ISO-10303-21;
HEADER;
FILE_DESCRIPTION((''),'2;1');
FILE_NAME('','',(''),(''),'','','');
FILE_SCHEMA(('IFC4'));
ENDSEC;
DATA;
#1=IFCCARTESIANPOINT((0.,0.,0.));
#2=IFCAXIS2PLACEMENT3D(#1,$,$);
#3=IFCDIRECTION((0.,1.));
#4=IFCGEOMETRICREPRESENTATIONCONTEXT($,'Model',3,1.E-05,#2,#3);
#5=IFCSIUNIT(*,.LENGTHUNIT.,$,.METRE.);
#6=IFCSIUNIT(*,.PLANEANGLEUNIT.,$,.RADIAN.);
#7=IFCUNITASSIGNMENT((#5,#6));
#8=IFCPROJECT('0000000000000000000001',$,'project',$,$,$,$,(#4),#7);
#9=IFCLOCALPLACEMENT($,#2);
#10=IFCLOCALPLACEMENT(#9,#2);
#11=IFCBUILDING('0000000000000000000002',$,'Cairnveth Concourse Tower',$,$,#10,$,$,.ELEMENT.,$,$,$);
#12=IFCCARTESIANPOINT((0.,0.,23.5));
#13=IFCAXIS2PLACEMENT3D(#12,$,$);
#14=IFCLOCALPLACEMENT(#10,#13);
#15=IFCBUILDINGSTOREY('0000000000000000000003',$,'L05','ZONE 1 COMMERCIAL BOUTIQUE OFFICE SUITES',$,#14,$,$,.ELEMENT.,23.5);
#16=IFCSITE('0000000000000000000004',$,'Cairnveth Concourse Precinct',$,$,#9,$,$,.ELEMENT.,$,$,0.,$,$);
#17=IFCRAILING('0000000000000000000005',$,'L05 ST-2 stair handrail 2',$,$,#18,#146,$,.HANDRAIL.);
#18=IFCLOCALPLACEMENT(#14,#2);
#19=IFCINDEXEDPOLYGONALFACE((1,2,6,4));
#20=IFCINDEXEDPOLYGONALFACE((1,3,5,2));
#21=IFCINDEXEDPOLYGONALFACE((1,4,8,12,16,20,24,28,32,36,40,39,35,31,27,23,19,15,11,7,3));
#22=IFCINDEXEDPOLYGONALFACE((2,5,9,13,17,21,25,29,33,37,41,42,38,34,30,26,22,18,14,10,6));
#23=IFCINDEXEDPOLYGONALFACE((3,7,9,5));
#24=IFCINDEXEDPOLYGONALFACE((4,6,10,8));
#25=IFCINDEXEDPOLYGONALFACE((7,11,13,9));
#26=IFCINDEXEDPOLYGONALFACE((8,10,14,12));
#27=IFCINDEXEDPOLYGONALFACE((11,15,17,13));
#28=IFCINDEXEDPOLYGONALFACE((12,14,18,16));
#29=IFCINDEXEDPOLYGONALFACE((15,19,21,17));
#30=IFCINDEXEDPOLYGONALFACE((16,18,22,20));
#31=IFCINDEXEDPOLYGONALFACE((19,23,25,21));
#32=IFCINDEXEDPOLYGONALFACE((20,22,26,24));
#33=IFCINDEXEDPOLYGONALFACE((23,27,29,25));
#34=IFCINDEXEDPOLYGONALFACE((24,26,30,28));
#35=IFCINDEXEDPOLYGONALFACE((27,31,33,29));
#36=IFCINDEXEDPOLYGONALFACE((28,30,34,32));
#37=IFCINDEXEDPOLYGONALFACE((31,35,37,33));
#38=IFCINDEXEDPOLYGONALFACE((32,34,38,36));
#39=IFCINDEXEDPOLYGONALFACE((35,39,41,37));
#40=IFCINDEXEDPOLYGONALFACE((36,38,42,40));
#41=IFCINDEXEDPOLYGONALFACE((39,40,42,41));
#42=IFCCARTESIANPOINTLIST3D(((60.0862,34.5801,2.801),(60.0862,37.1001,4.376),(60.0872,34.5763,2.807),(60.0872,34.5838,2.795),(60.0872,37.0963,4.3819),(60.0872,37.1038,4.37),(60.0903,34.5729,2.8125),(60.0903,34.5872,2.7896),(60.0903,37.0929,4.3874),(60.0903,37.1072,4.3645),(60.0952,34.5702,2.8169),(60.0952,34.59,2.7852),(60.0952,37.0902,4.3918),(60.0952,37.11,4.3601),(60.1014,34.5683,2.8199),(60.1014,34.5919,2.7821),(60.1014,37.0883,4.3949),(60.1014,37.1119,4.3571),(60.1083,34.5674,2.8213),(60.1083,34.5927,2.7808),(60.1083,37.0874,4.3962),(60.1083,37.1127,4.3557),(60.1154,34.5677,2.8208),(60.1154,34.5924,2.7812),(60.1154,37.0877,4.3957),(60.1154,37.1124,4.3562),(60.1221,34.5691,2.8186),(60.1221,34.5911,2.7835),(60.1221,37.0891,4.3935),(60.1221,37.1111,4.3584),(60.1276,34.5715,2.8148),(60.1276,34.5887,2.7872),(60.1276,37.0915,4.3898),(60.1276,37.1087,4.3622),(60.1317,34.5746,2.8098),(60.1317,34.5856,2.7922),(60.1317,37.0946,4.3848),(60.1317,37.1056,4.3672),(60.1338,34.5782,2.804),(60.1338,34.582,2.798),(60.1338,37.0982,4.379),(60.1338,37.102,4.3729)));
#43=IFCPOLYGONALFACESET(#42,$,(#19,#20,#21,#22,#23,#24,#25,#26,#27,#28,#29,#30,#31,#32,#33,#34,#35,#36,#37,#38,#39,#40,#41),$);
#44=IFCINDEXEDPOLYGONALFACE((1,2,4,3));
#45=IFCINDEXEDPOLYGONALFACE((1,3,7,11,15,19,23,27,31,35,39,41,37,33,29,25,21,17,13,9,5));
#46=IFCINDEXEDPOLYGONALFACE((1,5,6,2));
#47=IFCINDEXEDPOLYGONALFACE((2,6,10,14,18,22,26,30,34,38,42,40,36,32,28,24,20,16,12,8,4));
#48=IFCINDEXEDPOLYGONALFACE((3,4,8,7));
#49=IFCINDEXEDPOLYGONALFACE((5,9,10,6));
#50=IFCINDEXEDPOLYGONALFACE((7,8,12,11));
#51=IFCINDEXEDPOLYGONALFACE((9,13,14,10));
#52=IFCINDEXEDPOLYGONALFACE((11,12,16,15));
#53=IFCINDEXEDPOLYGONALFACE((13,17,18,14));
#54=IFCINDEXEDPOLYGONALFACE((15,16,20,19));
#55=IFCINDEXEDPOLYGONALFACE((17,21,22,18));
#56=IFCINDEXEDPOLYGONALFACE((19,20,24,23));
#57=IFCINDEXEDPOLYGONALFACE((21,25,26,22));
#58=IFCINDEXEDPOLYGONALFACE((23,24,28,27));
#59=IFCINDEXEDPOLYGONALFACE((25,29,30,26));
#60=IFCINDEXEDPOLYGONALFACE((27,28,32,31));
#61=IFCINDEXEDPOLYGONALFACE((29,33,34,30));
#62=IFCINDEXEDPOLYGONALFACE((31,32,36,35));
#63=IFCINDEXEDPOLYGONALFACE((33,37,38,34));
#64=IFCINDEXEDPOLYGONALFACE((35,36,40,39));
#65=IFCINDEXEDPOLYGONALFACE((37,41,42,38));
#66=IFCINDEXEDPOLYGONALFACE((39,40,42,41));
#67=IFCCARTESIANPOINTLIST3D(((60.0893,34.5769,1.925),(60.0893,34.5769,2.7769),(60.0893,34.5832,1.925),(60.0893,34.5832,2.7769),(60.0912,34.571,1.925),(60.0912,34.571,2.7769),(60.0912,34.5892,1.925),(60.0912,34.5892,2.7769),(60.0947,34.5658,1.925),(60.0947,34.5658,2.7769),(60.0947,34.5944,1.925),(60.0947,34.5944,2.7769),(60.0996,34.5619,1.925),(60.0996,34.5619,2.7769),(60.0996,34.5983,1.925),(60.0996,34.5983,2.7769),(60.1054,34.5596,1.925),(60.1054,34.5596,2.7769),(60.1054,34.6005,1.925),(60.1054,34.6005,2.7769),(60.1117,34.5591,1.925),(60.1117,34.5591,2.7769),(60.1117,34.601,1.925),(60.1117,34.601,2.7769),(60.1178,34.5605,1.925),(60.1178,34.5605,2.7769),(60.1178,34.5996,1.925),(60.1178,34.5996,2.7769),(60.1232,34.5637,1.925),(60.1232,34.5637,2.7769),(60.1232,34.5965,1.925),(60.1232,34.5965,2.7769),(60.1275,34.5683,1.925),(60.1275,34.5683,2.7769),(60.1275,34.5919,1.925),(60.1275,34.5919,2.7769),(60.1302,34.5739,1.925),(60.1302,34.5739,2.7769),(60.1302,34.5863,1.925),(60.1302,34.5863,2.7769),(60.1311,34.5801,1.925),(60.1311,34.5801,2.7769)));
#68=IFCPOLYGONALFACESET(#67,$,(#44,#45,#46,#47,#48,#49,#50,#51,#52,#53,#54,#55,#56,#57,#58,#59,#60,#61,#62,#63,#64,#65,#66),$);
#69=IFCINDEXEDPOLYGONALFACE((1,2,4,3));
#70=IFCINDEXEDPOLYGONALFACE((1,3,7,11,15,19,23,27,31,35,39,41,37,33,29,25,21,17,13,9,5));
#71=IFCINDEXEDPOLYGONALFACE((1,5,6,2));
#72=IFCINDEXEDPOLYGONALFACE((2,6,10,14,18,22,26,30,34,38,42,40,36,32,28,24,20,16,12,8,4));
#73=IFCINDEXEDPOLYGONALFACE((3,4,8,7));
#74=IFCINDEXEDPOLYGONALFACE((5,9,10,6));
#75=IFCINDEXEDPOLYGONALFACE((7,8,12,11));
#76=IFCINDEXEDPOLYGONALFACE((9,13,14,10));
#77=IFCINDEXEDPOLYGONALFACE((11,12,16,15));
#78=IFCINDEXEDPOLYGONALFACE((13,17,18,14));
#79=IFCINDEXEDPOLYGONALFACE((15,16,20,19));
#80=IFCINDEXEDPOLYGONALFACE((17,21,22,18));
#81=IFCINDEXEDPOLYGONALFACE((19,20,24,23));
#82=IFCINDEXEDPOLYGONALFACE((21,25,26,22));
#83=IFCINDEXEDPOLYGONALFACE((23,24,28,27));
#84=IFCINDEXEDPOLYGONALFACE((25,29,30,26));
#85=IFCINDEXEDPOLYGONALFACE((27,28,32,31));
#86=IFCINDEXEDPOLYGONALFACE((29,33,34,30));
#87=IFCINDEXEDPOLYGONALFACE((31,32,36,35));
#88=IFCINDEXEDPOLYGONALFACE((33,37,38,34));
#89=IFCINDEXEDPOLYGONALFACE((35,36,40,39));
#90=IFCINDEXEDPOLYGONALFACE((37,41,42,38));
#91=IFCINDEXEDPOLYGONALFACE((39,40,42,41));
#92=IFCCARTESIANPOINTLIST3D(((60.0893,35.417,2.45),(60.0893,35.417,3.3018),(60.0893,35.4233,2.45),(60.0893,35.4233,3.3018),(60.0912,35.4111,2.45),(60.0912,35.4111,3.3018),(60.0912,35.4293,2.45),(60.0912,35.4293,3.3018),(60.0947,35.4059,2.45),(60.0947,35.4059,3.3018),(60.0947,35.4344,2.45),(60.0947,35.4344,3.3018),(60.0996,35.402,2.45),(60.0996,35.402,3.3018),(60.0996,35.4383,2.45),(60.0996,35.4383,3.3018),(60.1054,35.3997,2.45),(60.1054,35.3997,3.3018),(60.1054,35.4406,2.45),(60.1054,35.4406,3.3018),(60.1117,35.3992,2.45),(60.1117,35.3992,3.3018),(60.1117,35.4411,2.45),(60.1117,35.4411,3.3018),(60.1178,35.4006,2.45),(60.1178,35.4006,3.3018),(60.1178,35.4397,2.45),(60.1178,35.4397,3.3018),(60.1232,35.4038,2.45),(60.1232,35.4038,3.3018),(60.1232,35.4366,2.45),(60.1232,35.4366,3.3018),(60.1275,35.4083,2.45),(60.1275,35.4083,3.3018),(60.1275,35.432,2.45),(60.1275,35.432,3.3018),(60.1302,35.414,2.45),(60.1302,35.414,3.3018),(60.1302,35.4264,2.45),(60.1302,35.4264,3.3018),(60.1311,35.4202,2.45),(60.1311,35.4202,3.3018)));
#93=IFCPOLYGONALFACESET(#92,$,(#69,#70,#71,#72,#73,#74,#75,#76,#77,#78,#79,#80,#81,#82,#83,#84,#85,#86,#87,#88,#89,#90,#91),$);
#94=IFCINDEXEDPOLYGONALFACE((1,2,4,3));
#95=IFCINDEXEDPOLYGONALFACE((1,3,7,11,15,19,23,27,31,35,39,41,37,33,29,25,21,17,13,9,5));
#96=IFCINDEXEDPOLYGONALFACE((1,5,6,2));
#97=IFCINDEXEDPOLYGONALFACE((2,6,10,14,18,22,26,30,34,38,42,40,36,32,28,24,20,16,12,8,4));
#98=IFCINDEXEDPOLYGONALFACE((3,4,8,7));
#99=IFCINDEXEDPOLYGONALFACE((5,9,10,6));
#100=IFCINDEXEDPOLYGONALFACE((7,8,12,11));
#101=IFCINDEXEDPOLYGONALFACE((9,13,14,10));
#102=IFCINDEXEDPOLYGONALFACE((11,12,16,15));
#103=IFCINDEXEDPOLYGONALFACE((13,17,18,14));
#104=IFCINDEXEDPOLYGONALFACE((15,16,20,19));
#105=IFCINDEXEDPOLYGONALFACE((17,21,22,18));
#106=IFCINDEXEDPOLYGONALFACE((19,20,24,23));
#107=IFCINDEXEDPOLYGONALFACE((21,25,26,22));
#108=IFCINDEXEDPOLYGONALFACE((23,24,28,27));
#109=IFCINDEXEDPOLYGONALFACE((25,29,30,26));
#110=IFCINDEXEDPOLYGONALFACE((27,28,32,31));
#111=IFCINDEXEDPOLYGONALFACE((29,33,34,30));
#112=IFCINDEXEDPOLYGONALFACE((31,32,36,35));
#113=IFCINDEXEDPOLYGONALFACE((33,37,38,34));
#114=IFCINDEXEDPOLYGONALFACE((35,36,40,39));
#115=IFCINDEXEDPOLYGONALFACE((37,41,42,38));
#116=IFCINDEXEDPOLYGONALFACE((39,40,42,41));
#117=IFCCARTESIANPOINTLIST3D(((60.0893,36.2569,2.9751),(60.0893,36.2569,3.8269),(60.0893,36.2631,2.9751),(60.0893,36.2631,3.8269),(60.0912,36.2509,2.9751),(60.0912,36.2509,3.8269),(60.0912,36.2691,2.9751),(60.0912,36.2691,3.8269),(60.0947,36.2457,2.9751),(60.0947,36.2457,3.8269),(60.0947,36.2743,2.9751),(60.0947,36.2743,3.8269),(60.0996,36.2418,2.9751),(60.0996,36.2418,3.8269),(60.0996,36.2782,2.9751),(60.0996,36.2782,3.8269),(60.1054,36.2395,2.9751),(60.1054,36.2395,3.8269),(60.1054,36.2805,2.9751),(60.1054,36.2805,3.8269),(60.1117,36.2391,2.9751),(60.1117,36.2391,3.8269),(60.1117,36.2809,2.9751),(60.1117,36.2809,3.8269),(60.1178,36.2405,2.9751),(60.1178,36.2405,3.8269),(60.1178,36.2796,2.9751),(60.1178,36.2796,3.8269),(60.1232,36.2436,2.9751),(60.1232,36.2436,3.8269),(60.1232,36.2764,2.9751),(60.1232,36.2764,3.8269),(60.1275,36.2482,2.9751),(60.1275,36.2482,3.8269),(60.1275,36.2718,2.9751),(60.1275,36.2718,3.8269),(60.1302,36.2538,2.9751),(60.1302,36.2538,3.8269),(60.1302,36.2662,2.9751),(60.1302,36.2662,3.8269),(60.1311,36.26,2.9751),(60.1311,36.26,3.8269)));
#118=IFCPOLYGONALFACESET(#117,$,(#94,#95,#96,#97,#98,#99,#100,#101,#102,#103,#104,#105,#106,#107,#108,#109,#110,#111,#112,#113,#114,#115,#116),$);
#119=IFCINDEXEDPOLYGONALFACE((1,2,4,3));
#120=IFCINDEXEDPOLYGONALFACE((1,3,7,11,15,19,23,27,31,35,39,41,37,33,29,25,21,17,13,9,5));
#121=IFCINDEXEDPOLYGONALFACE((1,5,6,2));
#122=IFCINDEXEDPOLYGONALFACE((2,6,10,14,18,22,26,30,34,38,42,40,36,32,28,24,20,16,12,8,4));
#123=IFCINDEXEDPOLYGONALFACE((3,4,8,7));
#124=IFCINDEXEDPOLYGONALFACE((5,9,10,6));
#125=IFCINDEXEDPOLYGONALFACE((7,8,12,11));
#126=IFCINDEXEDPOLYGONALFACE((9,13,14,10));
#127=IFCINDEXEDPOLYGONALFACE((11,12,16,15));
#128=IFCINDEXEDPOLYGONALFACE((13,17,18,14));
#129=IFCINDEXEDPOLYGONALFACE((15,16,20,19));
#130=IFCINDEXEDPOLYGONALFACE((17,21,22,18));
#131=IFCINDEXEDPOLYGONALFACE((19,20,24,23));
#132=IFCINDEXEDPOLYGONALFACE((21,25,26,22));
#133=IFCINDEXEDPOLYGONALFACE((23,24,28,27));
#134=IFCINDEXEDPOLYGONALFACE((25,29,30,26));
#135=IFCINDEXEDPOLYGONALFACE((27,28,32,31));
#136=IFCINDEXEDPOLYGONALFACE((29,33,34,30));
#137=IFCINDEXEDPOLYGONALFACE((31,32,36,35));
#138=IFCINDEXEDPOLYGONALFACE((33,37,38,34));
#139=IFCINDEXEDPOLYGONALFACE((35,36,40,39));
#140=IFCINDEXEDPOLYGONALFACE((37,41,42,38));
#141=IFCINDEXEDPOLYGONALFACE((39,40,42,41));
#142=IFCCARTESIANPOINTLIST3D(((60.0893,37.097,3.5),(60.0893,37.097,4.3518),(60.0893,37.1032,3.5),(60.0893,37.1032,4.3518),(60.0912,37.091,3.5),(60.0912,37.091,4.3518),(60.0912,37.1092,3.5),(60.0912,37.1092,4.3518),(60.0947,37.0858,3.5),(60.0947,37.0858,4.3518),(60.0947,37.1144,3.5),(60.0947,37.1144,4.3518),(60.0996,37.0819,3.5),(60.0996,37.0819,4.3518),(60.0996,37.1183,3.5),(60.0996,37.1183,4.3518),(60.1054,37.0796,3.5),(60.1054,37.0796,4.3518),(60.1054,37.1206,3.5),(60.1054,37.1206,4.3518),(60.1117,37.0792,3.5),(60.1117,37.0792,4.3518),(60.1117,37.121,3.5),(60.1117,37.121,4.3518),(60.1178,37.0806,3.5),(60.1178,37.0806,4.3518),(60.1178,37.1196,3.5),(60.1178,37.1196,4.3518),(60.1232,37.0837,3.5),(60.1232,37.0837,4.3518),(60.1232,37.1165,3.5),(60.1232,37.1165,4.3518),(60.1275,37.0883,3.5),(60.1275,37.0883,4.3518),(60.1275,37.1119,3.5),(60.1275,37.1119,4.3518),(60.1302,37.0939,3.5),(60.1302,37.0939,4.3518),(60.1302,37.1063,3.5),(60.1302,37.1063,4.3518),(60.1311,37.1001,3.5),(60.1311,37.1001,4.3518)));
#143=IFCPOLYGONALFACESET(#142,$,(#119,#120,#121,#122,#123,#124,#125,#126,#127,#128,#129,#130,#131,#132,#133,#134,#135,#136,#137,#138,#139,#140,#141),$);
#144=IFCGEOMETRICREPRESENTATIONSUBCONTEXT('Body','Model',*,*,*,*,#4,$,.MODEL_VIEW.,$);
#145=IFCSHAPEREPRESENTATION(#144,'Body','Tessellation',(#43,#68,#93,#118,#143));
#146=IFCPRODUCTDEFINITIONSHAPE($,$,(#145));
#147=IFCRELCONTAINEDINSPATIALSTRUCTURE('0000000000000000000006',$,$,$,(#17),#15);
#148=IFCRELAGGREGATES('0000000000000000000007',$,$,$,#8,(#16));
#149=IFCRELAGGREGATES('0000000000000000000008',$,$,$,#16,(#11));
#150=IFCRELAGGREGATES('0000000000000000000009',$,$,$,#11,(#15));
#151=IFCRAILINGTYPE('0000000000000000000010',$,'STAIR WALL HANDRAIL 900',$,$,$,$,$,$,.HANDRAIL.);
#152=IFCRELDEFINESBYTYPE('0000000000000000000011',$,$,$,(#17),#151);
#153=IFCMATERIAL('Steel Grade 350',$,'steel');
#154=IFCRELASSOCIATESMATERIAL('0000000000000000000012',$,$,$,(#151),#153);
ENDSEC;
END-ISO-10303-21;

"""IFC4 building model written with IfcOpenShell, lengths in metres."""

from ifc_helpers import new_model, si_unit, direction, frame, origin, origin_2d, place, context, subcontext, project, spatial, circle, extrude, material, type_object, element, save


model = new_model("IFC4")

# Units and contexts
model_context = context("Model", 3, precision=1e-05, world=origin(), true_north=direction((0.0, 1.0)))
body_context = subcontext(model_context, "Body", "Model", "MODEL_VIEW")
ifc_project = project(units=[si_unit("LENGTHUNIT", "METRE"), si_unit("PLANEANGLEUNIT", "RADIAN")], contexts=[model_context])

# Site, building, storey
site_placement = place(None, origin())
site = spatial("IfcSite", under=ifc_project, at=site_placement, Name="Cairnveth Concourse Precinct", CompositionType="ELEMENT", RefElevation=0.0)
building_placement = place(site_placement, origin())
building = spatial("IfcBuilding", under=site, at=building_placement, Name="Cairnveth Concourse Tower", CompositionType="ELEMENT")
storey_placement = place(building_placement, frame((0.0, 0.0, 23.5)))
storey = spatial("IfcBuildingStorey", under=building, at=storey_placement, Name="L05", Description="ZONE 1 COMMERCIAL BOUTIQUE OFFICE SUITES", CompositionType="ELEMENT", Elevation=23.5)

# Shared definitions
ifc_material_1 = material(Name="Steel Grade 350", Category="steel")

# Railing
railing_type_1 = type_object("IfcRailingType", Name="STAIR WALL HANDRAIL 900", PredefinedType="HANDRAIL", material=ifc_material_1)
railing_1_placement = place(storey_placement, frame((60.1101, 34.5801, 1.925)))
element("IfcRailing", 1, at=railing_1_placement, inside=storey, type_object=railing_type_1, Name="L05 ST-2 stair handrail 2", PredefinedType="HANDRAIL", context=body_context, shape_type="SweptSolid", body=[
    extrude(circle(Radius=0.0239, at=origin_2d()), frame((0.0, 0.0, 0.876), z_axis=(0.0, 0.848008, 0.529984), x_axis=(-1.0, 0.0, 0.0)), (0.0, 0.0, 1.0), 2.9717),
    extrude(circle(Radius=0.021, at=origin_2d()), origin(), (0.0, 0.0, 1.0), 0.8518),
    extrude(circle(Radius=0.021, at=origin_2d()), frame((0.0, 0.8401, 0.5249)), (0.0, 0.0, 1.0), 0.8518),
    extrude(circle(Radius=0.021, at=origin_2d()), frame((0.0, 1.6799, 1.05)), (0.0, 0.0, 1.0), 0.8518),
    extrude(circle(Radius=0.021, at=origin_2d()), frame((0.0, 2.52, 1.575)), (0.0, 0.0, 1.0), 0.8518),
])

save(model, "model.ifc")
